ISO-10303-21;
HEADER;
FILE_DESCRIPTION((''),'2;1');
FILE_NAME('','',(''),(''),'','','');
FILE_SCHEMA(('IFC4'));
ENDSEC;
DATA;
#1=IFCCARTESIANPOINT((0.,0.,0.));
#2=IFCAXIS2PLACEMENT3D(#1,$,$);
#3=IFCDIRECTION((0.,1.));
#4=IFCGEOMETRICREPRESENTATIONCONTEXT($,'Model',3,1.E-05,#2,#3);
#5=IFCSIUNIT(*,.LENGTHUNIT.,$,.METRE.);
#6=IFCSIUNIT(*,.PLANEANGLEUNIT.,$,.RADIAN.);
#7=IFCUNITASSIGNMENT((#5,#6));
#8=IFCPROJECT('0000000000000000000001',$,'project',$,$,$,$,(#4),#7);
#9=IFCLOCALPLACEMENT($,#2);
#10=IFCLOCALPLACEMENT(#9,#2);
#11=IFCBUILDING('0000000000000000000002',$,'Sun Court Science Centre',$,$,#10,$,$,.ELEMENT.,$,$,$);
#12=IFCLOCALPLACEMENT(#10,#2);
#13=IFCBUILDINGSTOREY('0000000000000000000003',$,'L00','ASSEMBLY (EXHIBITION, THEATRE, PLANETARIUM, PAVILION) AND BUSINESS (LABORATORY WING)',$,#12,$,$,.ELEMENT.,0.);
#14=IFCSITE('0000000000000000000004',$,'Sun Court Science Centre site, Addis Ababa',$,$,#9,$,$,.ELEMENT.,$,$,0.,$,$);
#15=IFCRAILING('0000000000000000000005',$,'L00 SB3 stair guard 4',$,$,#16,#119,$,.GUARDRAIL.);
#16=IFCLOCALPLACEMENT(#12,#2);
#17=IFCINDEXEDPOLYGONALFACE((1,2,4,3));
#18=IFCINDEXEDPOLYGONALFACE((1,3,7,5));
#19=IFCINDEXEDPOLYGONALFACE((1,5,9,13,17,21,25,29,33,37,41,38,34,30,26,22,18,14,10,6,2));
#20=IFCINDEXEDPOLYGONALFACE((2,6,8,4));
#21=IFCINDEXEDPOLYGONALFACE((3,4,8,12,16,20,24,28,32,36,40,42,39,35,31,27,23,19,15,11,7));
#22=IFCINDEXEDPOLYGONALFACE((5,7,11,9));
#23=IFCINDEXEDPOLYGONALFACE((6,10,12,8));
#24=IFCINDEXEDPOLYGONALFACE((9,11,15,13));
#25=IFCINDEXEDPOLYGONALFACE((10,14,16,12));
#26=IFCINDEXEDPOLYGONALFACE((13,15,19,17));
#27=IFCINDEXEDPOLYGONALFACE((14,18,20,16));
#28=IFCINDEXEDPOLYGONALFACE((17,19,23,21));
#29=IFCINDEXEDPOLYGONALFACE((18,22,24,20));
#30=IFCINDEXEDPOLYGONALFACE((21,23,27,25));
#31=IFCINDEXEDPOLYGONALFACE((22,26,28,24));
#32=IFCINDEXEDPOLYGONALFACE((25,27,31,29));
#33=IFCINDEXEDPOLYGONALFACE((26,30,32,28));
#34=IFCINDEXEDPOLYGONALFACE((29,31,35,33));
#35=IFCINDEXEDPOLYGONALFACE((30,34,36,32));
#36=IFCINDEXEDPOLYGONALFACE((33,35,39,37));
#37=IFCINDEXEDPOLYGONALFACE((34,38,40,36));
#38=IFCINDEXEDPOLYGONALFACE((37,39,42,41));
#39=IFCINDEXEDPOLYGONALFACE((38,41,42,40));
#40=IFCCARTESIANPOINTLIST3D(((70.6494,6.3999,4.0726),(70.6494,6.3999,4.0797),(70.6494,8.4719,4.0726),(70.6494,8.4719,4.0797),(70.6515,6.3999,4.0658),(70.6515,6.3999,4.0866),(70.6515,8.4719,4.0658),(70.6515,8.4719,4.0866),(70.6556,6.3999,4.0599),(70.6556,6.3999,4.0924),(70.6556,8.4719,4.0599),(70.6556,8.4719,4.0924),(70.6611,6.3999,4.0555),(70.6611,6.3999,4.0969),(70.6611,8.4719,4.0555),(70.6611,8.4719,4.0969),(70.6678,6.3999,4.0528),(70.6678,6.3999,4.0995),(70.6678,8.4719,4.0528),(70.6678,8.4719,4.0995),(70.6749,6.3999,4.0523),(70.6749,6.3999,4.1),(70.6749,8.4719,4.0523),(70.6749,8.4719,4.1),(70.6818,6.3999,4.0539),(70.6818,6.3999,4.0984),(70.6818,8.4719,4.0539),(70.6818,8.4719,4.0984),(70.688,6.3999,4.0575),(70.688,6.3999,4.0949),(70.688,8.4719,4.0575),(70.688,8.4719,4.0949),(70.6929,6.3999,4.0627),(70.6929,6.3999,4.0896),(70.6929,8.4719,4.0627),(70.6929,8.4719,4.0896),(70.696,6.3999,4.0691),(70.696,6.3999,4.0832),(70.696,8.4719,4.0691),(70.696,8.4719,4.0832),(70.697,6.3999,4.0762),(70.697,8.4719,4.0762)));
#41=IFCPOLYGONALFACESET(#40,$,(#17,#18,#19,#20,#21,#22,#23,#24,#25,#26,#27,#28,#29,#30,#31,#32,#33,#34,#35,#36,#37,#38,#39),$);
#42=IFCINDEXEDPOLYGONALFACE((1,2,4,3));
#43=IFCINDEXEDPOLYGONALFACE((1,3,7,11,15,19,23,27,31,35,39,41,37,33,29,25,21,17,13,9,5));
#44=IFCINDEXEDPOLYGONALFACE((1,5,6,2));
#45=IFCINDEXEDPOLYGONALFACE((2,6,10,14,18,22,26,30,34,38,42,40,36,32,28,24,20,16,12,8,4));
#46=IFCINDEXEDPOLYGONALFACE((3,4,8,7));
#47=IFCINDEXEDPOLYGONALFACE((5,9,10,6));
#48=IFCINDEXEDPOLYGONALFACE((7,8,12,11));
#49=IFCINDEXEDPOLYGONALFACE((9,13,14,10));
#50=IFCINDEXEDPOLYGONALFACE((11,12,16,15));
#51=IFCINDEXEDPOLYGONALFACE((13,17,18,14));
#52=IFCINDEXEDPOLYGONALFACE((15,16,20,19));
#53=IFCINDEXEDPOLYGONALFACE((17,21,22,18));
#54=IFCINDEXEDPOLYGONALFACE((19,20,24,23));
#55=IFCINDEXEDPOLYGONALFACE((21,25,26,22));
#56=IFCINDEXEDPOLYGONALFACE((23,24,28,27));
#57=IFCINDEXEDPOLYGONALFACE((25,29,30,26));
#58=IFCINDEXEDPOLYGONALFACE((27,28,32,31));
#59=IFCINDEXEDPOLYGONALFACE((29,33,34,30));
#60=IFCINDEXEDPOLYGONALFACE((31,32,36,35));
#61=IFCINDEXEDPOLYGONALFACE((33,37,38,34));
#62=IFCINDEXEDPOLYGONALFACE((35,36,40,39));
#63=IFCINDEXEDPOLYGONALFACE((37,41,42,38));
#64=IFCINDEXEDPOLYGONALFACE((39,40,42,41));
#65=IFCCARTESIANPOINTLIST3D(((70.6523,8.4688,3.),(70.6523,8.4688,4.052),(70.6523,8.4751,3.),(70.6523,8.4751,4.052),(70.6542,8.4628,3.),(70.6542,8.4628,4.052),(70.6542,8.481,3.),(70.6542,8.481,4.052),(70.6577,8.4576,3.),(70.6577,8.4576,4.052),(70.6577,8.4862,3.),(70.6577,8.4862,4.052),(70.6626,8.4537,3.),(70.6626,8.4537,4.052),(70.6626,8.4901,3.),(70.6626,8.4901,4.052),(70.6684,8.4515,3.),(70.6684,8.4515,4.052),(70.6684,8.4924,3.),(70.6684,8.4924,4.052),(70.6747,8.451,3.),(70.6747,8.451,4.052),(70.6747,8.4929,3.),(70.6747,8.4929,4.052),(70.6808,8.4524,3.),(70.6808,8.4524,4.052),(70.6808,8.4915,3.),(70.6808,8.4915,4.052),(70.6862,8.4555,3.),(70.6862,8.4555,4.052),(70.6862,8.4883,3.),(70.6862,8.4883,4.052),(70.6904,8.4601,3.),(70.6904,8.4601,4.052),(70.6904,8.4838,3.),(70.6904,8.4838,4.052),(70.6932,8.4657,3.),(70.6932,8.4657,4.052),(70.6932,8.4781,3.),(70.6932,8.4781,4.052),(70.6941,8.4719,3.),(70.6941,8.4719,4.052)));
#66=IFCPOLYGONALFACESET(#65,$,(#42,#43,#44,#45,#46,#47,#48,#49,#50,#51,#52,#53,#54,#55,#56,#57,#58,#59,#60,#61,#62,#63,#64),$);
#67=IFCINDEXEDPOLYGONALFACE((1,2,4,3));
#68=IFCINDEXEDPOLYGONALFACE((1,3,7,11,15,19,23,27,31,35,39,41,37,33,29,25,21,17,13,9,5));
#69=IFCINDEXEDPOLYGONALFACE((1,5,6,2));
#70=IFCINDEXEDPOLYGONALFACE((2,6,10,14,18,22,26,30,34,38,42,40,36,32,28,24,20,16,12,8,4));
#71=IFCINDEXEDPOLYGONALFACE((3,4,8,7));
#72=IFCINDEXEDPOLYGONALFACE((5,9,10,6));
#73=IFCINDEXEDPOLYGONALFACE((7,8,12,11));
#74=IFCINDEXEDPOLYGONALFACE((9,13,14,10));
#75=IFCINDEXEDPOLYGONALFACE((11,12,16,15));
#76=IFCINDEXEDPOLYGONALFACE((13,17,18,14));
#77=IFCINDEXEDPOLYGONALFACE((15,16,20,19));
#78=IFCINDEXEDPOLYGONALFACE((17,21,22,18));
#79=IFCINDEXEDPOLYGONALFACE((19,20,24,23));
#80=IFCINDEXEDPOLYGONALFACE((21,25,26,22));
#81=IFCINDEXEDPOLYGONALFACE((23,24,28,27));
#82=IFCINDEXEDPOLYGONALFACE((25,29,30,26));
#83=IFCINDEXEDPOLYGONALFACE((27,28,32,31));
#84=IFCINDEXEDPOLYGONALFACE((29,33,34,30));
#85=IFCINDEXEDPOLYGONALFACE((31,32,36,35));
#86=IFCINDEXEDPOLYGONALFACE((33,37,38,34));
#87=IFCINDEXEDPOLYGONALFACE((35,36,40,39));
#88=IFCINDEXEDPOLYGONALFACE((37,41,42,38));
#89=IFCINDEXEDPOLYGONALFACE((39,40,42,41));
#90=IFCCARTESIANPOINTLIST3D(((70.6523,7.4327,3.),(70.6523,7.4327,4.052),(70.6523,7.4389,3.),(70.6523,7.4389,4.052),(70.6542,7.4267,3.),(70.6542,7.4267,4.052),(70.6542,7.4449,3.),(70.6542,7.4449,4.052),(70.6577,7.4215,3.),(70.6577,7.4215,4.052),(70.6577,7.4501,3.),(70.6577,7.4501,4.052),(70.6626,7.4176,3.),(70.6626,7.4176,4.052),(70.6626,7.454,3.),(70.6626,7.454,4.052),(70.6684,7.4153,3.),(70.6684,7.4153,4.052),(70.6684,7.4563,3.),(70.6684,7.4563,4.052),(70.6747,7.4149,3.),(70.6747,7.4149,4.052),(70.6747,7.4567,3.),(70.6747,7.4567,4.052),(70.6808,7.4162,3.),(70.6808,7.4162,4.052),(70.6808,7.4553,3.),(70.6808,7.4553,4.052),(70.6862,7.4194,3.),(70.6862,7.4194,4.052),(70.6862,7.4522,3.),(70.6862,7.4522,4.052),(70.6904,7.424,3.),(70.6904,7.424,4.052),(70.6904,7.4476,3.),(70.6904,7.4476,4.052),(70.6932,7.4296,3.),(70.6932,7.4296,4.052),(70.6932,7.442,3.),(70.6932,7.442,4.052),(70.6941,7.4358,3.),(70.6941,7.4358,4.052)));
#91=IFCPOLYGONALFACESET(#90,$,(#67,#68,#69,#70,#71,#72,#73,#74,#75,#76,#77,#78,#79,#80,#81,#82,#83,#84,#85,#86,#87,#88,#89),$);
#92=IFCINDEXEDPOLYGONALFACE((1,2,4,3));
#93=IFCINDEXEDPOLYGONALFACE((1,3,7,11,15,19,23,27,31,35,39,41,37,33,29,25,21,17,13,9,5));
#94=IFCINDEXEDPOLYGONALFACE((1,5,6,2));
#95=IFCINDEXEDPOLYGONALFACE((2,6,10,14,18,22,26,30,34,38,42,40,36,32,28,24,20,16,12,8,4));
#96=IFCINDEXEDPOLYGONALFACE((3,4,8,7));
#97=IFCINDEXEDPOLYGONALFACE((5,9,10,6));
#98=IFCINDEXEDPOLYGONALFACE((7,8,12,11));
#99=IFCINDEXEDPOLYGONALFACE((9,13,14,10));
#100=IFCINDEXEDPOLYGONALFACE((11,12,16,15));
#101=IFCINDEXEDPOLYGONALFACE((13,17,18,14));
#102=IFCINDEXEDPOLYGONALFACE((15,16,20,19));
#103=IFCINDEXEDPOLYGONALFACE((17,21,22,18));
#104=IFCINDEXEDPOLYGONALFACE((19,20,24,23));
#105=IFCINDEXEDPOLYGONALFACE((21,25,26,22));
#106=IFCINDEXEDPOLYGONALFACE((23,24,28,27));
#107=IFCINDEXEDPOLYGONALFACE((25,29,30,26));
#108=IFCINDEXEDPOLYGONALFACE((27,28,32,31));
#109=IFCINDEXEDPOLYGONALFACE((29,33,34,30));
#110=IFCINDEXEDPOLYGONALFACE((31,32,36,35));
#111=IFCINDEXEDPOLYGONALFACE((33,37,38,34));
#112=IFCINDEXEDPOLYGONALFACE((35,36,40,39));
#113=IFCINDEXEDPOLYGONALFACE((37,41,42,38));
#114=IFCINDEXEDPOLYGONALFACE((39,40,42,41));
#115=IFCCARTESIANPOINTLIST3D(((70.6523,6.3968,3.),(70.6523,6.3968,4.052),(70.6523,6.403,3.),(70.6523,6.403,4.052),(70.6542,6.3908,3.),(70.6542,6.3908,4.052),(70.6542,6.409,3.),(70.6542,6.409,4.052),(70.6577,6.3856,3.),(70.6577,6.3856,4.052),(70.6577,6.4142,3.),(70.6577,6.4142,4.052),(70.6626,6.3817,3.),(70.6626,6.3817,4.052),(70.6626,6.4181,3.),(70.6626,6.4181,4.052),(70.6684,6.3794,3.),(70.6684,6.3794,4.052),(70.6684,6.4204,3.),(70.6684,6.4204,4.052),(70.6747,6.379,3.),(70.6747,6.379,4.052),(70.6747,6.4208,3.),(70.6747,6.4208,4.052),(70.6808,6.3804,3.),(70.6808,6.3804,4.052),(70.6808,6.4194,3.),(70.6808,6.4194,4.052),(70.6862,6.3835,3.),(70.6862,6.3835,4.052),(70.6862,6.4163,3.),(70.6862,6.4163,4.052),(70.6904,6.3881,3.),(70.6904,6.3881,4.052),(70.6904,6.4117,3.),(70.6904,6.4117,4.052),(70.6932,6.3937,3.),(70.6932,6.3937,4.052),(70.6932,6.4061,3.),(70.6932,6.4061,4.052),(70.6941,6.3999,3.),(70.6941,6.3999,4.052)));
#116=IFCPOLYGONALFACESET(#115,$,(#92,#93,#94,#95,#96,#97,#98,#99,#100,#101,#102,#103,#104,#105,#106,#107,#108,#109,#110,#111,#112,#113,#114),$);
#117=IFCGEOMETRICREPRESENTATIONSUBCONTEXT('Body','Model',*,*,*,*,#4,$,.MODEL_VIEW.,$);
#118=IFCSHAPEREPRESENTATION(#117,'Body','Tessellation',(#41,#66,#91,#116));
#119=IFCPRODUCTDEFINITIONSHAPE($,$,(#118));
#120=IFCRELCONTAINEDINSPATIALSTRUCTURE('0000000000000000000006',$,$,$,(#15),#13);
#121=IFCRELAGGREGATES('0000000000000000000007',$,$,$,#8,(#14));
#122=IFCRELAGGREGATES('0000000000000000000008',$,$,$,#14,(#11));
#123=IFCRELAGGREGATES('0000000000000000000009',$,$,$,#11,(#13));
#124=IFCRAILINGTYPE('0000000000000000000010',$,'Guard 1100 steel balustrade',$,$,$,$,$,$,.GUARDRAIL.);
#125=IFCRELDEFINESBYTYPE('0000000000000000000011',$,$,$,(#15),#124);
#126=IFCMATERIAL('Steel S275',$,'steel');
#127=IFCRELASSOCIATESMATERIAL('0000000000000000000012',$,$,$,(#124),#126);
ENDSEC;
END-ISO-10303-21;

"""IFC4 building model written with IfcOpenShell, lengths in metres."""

from ifc_helpers import new_model, si_unit, direction, frame, origin, origin_2d, place, context, subcontext, project, spatial, circle, extrude, material, type_object, element, save


model = new_model("IFC4")

# Units and contexts
model_context = context("Model", 3, precision=1e-05, world=origin(), true_north=direction((0.0, 1.0)))
body_context = subcontext(model_context, "Body", "Model", "MODEL_VIEW")
ifc_project = project(units=[si_unit("LENGTHUNIT", "METRE"), si_unit("PLANEANGLEUNIT", "RADIAN")], contexts=[model_context])

# Site, building, storey
site_placement = place(None, origin())
site = spatial("IfcSite", under=ifc_project, at=site_placement, Name="Sun Court Science Centre site, Addis Ababa", CompositionType="ELEMENT", RefElevation=0.0)
building_placement = place(site_placement, origin())
building = spatial("IfcBuilding", under=site, at=building_placement, Name="Sun Court Science Centre", CompositionType="ELEMENT")
storey_placement = place(building_placement, origin())
storey = spatial("IfcBuildingStorey", under=building, at=storey_placement, Name="L00", Description="ASSEMBLY (EXHIBITION, THEATRE, PLANETARIUM, PAVILION) AND BUSINESS (LABORATORY WING)", CompositionType="ELEMENT", Elevation=0.0)

# Railing
ifc_material_1 = material(Name="Steel S275", Category="steel")
railing_type_1 = type_object("IfcRailingType", Name="Guard 1100 steel balustrade", PredefinedType="GUARDRAIL", material=ifc_material_1)
railing_1_placement = place(storey_placement, frame((70.6731, 8.4719, 3.0)))
element("IfcRailing", 1, at=railing_1_placement, inside=storey, type_object=railing_type_1, Name="L00 SB3 stair guard 4", PredefinedType="GUARDRAIL", context=body_context, shape_type="SweptSolid", body=[
    extrude(circle(Radius=0.0239, at=origin_2d()), frame((0.0, 0.0, 1.0762), z_axis=(0.0, -1.0, 0.0), x_axis=(1.0, 0.0, 0.0)), (0.0, 0.0, 1.0), 2.072),
    extrude(circle(Radius=0.021, at=origin_2d()), origin(), (0.0, 0.0, 1.0), 1.052),
    extrude(circle(Radius=0.021, at=origin_2d()), frame((0.0, -1.0361, 0.0)), (0.0, 0.0, 1.0), 1.052),
    extrude(circle(Radius=0.021, at=origin_2d()), frame((0.0, -2.072, 0.0)), (0.0, 0.0, 1.0), 1.052),
])

save(model, "model.ifc")
